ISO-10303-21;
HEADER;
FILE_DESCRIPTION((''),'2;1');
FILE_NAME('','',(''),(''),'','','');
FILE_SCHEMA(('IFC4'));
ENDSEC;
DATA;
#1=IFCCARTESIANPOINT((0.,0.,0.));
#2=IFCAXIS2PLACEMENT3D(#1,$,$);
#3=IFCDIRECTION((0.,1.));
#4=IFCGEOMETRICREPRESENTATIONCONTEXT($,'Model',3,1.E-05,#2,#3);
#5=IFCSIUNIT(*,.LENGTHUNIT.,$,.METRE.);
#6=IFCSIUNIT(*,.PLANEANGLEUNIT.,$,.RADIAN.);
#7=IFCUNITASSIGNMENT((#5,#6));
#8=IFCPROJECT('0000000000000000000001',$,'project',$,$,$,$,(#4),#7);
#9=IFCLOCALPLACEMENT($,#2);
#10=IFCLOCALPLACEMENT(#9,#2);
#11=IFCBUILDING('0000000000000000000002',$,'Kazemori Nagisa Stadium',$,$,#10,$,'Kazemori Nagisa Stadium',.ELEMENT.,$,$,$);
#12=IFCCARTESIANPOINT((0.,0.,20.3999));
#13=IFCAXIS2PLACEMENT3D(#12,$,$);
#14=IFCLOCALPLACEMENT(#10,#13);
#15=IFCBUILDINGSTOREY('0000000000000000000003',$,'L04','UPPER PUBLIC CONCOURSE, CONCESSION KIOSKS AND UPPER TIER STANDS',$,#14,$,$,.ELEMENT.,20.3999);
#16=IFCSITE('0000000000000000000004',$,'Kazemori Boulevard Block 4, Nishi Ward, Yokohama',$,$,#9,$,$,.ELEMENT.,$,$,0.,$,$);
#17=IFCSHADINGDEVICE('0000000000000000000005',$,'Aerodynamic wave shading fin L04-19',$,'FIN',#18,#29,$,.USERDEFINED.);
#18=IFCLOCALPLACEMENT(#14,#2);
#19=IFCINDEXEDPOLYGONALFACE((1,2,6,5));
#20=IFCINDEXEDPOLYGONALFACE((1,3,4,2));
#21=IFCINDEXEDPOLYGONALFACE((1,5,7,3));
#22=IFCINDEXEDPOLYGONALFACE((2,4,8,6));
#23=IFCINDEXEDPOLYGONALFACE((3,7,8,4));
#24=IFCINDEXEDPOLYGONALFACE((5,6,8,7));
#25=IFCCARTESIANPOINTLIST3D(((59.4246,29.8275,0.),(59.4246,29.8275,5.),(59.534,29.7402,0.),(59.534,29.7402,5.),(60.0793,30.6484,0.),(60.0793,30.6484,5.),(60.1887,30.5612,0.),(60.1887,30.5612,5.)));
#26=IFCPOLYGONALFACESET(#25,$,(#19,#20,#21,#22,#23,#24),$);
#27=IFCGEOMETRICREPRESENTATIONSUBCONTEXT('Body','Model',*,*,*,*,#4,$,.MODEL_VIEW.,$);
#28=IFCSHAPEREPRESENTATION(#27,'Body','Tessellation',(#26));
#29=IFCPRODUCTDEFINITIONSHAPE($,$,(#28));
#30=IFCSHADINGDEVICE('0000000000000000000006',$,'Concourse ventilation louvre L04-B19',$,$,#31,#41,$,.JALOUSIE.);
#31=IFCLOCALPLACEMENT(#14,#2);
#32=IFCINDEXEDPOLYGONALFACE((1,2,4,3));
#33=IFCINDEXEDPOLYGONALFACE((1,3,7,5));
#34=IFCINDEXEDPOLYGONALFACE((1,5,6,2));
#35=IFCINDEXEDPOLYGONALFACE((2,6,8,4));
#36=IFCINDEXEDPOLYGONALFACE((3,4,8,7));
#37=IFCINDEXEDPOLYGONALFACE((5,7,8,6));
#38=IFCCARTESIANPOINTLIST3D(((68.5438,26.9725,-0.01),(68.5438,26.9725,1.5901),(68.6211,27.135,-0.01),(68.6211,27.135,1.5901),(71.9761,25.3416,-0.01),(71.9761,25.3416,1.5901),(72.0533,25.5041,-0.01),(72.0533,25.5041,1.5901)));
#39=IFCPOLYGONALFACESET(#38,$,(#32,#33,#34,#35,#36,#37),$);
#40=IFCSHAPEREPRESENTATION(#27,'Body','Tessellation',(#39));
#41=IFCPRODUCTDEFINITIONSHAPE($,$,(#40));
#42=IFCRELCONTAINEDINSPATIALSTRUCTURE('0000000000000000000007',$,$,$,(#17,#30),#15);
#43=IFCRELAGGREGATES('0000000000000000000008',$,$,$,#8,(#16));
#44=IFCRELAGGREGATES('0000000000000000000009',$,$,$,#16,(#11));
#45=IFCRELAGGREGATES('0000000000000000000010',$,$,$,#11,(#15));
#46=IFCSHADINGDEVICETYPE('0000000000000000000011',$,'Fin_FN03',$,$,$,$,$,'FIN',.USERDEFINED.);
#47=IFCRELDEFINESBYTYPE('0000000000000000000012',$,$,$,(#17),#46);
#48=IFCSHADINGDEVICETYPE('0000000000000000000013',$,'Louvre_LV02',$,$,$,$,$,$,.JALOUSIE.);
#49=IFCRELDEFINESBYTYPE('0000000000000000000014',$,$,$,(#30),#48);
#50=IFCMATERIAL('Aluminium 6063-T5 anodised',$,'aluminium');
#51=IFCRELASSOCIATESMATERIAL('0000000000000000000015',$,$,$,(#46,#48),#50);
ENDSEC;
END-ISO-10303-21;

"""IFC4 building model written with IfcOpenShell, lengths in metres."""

from ifc_helpers import new_model, si_unit, direction, frame, origin, origin_2d, place, context, subcontext, project, spatial, rectangle, extrude, material, type_object, element, save


model = new_model("IFC4")

# Units and contexts
model_context = context("Model", 3, precision=1e-05, world=origin(), true_north=direction((0.0, 1.0)))
body_context = subcontext(model_context, "Body", "Model", "MODEL_VIEW")
ifc_project = project(units=[si_unit("LENGTHUNIT", "METRE"), si_unit("PLANEANGLEUNIT", "RADIAN")], contexts=[model_context])

# Site, building, storey
site_placement = place(None, origin())
site = spatial("IfcSite", under=ifc_project, at=site_placement, Name="Kazemori Boulevard Block 4, Nishi Ward, Yokohama", CompositionType="ELEMENT", RefElevation=0.0)
building_placement = place(site_placement, origin())
building = spatial("IfcBuilding", under=site, at=building_placement, Name="Kazemori Nagisa Stadium", LongName="Kazemori Nagisa Stadium", CompositionType="ELEMENT")
storey_placement = place(building_placement, frame((0.0, 0.0, 20.3999)))
storey = spatial("IfcBuildingStorey", under=building, at=storey_placement, Name="L04", Description="UPPER PUBLIC CONCOURSE, CONCESSION KIOSKS AND UPPER TIER STANDS", CompositionType="ELEMENT", Elevation=20.3999)

# Shared definitions
ifc_material_1 = material(Name="Aluminium 6063-T5 anodised", Category="aluminium")

# Shading devices
shading_device_type_1 = type_object("IfcShadingDeviceType", Name="Fin_FN03", ElementType="FIN", PredefinedType="USERDEFINED", material=ifc_material_1)
shading_device_1_placement = place(storey_placement, frame((59.8066, 30.1943, 0.0), z_axis=(0.0, 0.0, 1.0), x_axis=(-0.62349, -0.781831, 0.0)))
element("IfcShadingDevice", 1, at=shading_device_1_placement, inside=storey, type_object=shading_device_type_1, Name="Aerodynamic wave shading fin L04-19", ObjectType="FIN", PredefinedType="USERDEFINED", context=body_context, shape_type="SweptSolid", body=[
    extrude(rectangle(XDim=1.05, YDim=0.1399, at=origin_2d()), origin(), (0.0, 0.0, 1.0), 5.0),
])
shading_device_type_2 = type_object("IfcShadingDeviceType", Name="Louvre_LV02", PredefinedType="JALOUSIE", material=ifc_material_1)
shading_device_2_placement = place(storey_placement, frame((70.2986, 26.2383, -0.01), z_axis=(0.0, 0.0, 1.0), x_axis=(0.903216, -0.429186, 0.0)))
element("IfcShadingDevice", 2, at=shading_device_2_placement, inside=storey, type_object=shading_device_type_2, Name="Concourse ventilation louvre L04-B19", PredefinedType="JALOUSIE", context=body_context, shape_type="SweptSolid", body=[
    extrude(rectangle(XDim=3.8, YDim=0.1799, at=origin_2d()), origin(), (0.0, 0.0, 1.0), 1.6001),
])

save(model, "model.ifc")
